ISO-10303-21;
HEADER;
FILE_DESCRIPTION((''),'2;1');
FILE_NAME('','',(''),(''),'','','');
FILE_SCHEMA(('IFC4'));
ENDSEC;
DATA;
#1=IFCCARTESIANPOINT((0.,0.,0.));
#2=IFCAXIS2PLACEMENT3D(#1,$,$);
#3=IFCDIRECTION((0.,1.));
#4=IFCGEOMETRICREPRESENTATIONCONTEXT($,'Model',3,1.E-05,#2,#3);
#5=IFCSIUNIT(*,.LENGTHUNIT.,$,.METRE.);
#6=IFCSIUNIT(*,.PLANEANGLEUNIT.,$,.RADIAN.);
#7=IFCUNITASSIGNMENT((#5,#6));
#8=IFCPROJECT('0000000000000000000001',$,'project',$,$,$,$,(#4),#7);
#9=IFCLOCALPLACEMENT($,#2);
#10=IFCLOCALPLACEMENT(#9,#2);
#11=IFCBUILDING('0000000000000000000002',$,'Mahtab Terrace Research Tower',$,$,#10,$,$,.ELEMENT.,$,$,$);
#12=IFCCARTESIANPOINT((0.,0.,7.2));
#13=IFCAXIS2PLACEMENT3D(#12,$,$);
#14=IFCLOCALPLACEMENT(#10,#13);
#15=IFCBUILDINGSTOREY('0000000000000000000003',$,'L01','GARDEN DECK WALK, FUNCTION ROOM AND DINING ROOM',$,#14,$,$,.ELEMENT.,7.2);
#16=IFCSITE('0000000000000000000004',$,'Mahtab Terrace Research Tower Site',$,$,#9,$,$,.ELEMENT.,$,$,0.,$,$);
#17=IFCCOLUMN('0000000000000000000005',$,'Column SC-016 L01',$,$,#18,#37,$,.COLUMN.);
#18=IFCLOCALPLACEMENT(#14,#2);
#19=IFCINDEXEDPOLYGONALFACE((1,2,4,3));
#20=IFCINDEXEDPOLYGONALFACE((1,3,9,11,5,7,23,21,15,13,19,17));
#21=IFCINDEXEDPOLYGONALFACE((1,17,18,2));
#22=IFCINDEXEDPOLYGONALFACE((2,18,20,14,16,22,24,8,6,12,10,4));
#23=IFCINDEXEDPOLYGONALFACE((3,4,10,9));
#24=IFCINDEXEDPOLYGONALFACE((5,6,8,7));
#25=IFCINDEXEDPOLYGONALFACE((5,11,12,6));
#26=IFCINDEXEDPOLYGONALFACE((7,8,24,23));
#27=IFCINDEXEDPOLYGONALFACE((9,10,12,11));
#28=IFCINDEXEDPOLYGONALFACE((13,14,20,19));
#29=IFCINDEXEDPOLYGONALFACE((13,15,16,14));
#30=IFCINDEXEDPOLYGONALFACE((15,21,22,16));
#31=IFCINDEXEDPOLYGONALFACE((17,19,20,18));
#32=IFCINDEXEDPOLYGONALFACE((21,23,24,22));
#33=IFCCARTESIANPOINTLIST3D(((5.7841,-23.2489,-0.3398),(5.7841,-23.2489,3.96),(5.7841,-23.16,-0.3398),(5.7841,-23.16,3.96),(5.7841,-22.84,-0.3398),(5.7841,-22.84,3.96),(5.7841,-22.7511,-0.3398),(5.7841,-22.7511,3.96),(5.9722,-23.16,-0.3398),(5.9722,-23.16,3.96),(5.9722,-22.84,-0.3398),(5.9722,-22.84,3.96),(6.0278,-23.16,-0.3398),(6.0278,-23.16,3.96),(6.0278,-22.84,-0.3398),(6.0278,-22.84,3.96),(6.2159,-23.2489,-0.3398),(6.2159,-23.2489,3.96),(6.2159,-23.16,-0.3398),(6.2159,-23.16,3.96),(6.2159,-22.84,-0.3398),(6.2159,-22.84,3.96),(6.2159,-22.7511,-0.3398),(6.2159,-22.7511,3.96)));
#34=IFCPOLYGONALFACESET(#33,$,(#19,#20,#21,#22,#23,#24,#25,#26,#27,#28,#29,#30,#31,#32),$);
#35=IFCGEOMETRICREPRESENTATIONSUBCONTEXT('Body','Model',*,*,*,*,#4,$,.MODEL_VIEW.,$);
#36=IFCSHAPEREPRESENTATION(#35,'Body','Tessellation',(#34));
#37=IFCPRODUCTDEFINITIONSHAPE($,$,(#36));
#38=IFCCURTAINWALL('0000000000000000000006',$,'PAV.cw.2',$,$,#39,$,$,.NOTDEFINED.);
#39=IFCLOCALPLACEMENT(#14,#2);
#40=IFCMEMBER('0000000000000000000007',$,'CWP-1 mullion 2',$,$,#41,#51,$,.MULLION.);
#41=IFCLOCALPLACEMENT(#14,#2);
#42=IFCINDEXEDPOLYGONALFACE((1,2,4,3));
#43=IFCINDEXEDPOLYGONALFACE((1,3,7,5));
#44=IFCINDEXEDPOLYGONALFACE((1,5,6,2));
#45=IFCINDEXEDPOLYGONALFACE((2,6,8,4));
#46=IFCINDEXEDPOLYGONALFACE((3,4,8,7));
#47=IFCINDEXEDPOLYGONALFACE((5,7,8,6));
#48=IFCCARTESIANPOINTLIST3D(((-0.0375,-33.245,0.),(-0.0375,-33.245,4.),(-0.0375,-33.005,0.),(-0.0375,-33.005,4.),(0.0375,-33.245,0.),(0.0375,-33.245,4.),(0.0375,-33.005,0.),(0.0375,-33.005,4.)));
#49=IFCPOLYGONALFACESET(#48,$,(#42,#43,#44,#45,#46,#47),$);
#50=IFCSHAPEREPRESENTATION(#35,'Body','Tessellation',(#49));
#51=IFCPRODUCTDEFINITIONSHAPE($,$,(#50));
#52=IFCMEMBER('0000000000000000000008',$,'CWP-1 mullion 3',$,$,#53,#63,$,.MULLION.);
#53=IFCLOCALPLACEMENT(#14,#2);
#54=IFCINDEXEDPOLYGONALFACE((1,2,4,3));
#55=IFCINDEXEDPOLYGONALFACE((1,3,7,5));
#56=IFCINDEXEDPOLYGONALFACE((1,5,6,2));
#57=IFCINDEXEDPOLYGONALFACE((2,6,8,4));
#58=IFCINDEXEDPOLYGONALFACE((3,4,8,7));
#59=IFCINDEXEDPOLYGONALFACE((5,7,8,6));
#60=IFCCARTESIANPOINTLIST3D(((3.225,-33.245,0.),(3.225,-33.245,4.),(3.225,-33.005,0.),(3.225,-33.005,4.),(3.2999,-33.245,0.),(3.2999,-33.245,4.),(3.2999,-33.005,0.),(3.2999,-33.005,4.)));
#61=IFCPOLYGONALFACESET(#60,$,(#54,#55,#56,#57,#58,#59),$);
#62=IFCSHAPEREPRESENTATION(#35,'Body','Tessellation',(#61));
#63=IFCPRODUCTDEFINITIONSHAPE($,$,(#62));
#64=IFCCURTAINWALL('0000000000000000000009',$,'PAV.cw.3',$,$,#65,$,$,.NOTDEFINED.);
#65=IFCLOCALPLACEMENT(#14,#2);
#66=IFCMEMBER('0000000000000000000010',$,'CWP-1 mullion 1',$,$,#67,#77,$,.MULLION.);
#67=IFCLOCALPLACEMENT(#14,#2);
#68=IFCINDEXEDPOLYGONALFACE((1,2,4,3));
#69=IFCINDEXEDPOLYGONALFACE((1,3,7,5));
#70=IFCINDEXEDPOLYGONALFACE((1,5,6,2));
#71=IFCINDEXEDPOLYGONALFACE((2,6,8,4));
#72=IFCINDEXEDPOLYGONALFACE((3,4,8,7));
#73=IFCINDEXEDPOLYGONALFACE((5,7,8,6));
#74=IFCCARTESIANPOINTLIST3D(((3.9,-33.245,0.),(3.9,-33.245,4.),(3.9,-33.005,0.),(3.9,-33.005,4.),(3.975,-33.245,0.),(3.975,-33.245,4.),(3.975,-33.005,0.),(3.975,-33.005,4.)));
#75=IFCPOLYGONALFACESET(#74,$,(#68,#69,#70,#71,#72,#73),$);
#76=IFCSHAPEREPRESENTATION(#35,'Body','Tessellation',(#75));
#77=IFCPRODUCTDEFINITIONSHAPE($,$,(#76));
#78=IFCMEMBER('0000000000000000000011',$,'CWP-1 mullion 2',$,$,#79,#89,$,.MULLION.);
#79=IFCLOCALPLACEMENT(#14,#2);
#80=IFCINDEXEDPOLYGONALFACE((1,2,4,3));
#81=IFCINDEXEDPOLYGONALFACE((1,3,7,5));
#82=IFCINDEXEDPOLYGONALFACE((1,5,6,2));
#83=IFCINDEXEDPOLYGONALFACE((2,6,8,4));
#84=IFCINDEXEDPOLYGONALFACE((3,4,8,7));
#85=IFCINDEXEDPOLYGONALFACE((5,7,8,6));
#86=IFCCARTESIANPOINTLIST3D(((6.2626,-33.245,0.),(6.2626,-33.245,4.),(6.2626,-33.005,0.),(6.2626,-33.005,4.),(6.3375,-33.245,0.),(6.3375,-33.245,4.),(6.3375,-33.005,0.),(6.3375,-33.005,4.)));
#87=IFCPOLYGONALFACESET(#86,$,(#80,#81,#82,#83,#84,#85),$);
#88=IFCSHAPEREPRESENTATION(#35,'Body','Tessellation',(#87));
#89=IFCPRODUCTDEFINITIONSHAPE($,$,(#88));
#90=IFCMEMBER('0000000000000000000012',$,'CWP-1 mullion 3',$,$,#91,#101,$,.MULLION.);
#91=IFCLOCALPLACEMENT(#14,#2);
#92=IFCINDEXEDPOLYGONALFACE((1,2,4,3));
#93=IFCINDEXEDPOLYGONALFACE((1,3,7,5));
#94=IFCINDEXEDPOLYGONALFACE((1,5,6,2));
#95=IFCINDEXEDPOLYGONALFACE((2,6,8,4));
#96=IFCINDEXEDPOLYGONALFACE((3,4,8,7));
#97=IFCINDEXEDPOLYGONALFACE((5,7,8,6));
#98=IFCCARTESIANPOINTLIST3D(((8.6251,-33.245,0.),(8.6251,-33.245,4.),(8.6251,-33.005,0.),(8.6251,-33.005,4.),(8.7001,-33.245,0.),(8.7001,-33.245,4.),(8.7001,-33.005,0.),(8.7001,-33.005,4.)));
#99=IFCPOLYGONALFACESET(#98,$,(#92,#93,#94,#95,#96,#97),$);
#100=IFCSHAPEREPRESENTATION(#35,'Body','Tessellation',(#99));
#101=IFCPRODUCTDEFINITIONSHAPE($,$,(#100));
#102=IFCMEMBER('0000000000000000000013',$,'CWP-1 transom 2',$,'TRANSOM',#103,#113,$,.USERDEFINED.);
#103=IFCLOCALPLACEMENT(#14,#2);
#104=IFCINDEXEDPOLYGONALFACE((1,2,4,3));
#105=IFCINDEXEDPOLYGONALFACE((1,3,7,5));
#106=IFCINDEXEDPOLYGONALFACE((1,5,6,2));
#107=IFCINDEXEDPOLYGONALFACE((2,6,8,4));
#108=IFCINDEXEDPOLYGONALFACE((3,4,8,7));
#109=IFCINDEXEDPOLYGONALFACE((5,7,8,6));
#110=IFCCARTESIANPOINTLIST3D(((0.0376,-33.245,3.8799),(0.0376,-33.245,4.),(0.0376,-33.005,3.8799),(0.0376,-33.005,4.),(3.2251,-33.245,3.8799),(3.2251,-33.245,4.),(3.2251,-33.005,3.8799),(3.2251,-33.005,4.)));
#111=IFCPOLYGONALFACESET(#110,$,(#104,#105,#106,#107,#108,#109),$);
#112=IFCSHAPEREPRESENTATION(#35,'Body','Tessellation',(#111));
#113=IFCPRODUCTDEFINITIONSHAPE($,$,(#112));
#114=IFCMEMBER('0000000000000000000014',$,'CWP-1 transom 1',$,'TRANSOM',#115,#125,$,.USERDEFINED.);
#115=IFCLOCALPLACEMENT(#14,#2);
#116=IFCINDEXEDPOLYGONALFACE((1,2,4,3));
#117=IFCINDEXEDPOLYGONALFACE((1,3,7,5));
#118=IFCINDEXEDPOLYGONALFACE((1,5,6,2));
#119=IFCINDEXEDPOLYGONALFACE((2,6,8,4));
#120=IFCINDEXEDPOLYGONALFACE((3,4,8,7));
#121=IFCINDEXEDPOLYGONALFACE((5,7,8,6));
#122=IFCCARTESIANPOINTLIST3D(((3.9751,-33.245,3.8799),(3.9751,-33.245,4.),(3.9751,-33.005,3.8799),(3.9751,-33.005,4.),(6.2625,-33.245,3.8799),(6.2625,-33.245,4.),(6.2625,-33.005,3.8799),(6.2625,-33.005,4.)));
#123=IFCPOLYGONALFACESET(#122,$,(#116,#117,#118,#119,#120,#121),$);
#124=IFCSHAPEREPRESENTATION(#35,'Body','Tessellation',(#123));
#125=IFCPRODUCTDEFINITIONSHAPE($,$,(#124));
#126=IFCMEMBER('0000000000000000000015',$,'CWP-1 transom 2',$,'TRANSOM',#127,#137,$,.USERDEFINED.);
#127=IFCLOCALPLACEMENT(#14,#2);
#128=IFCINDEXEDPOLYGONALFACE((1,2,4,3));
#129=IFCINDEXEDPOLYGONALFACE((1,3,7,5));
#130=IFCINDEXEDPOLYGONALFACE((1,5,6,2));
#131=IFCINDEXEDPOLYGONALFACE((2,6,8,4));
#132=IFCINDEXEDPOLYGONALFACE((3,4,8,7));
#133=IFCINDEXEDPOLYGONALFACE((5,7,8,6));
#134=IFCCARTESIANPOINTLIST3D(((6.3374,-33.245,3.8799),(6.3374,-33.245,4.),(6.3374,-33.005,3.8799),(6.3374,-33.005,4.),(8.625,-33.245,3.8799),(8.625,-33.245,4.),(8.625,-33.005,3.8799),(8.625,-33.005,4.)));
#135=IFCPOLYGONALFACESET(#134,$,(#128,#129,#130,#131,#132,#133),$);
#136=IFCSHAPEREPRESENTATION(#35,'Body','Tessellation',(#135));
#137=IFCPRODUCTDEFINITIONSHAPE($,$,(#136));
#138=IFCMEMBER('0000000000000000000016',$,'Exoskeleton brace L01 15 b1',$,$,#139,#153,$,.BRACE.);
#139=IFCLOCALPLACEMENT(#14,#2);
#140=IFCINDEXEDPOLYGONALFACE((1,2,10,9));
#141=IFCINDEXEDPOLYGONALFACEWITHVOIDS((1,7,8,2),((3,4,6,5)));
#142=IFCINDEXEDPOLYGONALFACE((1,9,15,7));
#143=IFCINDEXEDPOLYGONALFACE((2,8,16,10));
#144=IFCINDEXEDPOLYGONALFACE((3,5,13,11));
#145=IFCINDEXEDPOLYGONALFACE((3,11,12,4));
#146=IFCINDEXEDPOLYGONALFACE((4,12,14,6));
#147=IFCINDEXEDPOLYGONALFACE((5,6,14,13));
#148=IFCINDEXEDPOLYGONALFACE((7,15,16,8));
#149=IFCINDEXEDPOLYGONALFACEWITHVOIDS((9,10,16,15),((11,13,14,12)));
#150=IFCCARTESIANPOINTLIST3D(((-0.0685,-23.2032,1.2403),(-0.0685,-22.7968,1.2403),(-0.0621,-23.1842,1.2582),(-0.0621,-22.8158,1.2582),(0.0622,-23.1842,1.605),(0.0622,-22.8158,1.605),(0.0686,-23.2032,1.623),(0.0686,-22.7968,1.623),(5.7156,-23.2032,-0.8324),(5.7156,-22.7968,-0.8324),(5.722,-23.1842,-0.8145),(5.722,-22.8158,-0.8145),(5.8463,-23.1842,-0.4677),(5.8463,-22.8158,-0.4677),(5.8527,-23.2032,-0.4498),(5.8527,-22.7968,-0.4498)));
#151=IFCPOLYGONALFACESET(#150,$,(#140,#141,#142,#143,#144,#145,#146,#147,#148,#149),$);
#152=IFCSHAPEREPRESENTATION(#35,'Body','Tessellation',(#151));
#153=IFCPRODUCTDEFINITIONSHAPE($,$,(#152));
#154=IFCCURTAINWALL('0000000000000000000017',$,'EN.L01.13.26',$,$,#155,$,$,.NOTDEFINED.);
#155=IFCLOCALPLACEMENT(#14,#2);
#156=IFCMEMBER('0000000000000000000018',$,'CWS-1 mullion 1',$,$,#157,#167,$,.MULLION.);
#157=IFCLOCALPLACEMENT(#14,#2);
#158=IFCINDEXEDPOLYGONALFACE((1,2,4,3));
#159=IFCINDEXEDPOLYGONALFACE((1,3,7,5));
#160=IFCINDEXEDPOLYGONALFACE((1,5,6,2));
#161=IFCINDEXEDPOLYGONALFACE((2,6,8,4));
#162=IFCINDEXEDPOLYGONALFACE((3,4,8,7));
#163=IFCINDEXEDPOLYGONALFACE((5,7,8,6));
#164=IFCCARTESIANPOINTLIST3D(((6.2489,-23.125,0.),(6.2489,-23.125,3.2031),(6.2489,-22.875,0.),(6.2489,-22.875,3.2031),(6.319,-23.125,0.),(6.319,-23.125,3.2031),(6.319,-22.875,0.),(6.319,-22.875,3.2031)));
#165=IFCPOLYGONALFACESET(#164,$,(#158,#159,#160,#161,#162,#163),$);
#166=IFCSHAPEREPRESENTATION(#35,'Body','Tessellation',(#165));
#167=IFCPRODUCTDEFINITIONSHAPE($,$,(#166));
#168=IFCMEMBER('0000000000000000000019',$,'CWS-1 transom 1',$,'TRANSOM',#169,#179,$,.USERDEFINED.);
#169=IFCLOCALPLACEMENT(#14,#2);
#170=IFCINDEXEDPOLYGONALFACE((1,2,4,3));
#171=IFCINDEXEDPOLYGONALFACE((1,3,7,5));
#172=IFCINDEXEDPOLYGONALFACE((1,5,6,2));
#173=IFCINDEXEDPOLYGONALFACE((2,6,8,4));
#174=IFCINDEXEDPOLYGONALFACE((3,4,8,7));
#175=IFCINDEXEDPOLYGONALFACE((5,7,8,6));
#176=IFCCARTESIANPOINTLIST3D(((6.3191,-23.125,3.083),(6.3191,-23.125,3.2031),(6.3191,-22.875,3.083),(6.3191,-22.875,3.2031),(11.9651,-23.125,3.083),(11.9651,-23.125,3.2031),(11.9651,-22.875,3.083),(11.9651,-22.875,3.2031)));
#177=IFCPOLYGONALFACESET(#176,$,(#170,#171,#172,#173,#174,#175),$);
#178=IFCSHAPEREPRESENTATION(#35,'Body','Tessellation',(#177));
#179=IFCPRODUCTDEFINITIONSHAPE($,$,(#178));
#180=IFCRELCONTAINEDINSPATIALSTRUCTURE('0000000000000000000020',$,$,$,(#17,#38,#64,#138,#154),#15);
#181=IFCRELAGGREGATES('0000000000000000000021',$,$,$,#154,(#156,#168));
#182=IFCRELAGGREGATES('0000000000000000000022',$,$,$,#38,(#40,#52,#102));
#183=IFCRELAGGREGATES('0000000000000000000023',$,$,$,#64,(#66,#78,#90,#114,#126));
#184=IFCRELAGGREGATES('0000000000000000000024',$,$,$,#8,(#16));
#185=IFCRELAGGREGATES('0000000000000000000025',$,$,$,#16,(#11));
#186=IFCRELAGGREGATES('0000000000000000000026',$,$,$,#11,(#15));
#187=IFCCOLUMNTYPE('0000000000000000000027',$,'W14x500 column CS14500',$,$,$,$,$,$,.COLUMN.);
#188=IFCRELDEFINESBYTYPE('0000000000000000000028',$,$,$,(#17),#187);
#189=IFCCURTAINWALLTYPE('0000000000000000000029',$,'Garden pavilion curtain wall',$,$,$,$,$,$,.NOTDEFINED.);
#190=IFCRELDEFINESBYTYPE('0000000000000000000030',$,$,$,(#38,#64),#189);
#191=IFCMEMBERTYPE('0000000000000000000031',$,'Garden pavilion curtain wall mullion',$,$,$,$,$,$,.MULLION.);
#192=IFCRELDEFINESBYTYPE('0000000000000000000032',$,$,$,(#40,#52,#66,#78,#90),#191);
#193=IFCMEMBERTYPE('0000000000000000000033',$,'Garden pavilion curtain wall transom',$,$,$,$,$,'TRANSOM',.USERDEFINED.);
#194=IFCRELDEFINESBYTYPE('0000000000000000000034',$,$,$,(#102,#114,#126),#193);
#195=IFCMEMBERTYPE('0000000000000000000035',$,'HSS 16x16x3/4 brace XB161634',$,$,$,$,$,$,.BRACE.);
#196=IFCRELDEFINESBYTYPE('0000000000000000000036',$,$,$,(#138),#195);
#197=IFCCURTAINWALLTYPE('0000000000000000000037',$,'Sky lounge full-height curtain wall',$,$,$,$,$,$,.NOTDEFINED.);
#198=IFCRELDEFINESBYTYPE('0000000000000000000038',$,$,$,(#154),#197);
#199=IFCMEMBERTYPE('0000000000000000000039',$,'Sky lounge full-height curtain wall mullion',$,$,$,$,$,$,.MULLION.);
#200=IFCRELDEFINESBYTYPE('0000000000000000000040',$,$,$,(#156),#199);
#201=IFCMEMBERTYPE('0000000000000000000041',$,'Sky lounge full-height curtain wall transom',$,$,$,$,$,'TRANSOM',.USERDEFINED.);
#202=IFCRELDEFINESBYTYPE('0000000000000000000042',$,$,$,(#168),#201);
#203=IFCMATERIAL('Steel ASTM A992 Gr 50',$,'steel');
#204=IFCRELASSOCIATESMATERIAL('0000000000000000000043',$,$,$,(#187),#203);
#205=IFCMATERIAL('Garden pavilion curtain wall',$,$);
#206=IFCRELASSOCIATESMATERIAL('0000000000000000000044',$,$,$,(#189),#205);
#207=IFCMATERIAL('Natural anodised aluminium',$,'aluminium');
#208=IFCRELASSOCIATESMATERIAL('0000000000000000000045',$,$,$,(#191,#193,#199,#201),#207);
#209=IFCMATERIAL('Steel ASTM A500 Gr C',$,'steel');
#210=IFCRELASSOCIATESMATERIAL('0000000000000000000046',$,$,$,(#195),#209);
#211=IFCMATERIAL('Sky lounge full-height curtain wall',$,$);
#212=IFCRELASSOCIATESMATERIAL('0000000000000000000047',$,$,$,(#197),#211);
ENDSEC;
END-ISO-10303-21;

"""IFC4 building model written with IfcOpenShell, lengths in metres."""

from ifc_helpers import new_model, si_unit, direction, frame, origin, origin_2d, place, context, subcontext, project, spatial, rectangle, hollow_rectangle, i_section, extrude, material, material_profile, profile_set, type_object, element, aggregate, save


model = new_model("IFC4")

# Units and contexts
model_context = context("Model", 3, precision=1e-05, world=origin(), true_north=direction((0.0, 1.0)))
body_context = subcontext(model_context, "Body", "Model", "MODEL_VIEW")
ifc_project = project(units=[si_unit("LENGTHUNIT", "METRE"), si_unit("PLANEANGLEUNIT", "RADIAN")], contexts=[model_context])

# Site, building, storey
site_placement = place(None, origin())
site = spatial("IfcSite", under=ifc_project, at=site_placement, Name="Mahtab Terrace Research Tower Site", CompositionType="ELEMENT", RefElevation=0.0)
building_placement = place(site_placement, origin())
building = spatial("IfcBuilding", under=site, at=building_placement, Name="Mahtab Terrace Research Tower", CompositionType="ELEMENT")
storey_placement = place(building_placement, frame((0.0, 0.0, 7.2)))
storey = spatial("IfcBuildingStorey", under=building, at=storey_placement, Name="L01", Description="GARDEN DECK WALK, FUNCTION ROOM AND DINING ROOM", CompositionType="ELEMENT", Elevation=7.2)

# Column
ifc_material_1 = material(Name="Steel ASTM A992 Gr 50", Category="steel")
ifc_material_profile_1 = material_profile(ifc_material_1, i_section(OverallWidth=0.4319, OverallDepth=0.4978, WebThickness=0.0557, FlangeThickness=0.0889, at=origin_2d()), Name="W14X500")
ifc_profile_set_1 = profile_set([ifc_material_profile_1], Name="Steel ASTM A992 Gr 50")
column_type = type_object("IfcColumnType", Name="W14x500 column CS14500", PredefinedType="COLUMN", material=ifc_profile_set_1)
column_placement = place(storey_placement, frame((6.0, -23.0, -0.3398), z_axis=(0.0, 0.0, 1.0), x_axis=(1.0, 0.0, 0.0)))
element("IfcColumn", 1, at=column_placement, inside=storey, type_object=column_type, Name="Column SC-016 L01", PredefinedType="COLUMN", context=body_context, shape_type="SweptSolid", body=[
    extrude(i_section(OverallWidth=0.4319, OverallDepth=0.4978, WebThickness=0.0557, FlangeThickness=0.0889, at=origin_2d()), origin(), (0.0, 0.0, 1.0), 4.2998),
])

# Curtain walls, members
ifc_material_2 = material(Name="Garden pavilion curtain wall")
curtain_wall_type_1 = type_object("IfcCurtainWallType", Name="Garden pavilion curtain wall", PredefinedType="NOTDEFINED", material=ifc_material_2)
curtain_wall_1_placement = place(storey_placement, origin())
curtain_wall_1 = element("IfcCurtainWall", 2, at=curtain_wall_1_placement, inside=storey, type_object=curtain_wall_type_1, Name="PAV.cw.2", PredefinedType="NOTDEFINED")
ifc_material_3 = material(Name="Natural anodised aluminium", Category="aluminium")
ifc_material_profile_2 = material_profile(ifc_material_3, rectangle(XDim=0.24, YDim=0.075, at=origin_2d()), Name="MULLION 75x240")
ifc_profile_set_2 = profile_set([ifc_material_profile_2], Name="Natural anodised aluminium")
member_type_1 = type_object("IfcMemberType", Name="Garden pavilion curtain wall mullion", PredefinedType="MULLION", material=ifc_profile_set_2)
member_1_placement = place(storey_placement, frame((0.0, -33.125, 0.0), z_axis=(0.0, 0.0, 1.0), x_axis=(0.0, 1.0, 0.0)))
member_1 = element("IfcMember", 3, at=member_1_placement, type_object=member_type_1, Name="CWP-1 mullion 2", PredefinedType="MULLION", context=body_context, shape_type="SweptSolid", body=[
    extrude(rectangle(XDim=0.24, YDim=0.075, at=origin_2d()), origin(), (0.0, 0.0, 1.0), 4.0),
])
member_2_placement = place(storey_placement, frame((3.2625, -33.125, 0.0), z_axis=(0.0, 0.0, 1.0), x_axis=(0.0, 1.0, 0.0)))
member_2 = element("IfcMember", 4, at=member_2_placement, type_object=member_type_1, Name="CWP-1 mullion 3", PredefinedType="MULLION", context=body_context, shape_type="SweptSolid", body=[
    extrude(rectangle(XDim=0.24, YDim=0.075, at=origin_2d()), origin(), (0.0, 0.0, 1.0), 4.0),
])
curtain_wall_2_placement = place(storey_placement, origin())
curtain_wall_2 = element("IfcCurtainWall", 5, at=curtain_wall_2_placement, inside=storey, type_object=curtain_wall_type_1, Name="PAV.cw.3", PredefinedType="NOTDEFINED")
member_3_placement = place(storey_placement, frame((3.9375, -33.125, 0.0), z_axis=(0.0, 0.0, 1.0), x_axis=(0.0, 1.0, 0.0)))
member_3 = element("IfcMember", 6, at=member_3_placement, type_object=member_type_1, Name="CWP-1 mullion 1", PredefinedType="MULLION", context=body_context, shape_type="SweptSolid", body=[
    extrude(rectangle(XDim=0.24, YDim=0.075, at=origin_2d()), origin(), (0.0, 0.0, 1.0), 4.0),
])
member_4_placement = place(storey_placement, frame((6.3, -33.125, 0.0), z_axis=(0.0, 0.0, 1.0), x_axis=(0.0, 1.0, 0.0)))
member_4 = element("IfcMember", 7, at=member_4_placement, type_object=member_type_1, Name="CWP-1 mullion 2", PredefinedType="MULLION", context=body_context, shape_type="SweptSolid", body=[
    extrude(rectangle(XDim=0.24, YDim=0.075, at=origin_2d()), origin(), (0.0, 0.0, 1.0), 4.0),
])
member_5_placement = place(storey_placement, frame((8.6626, -33.125, 0.0), z_axis=(0.0, 0.0, 1.0), x_axis=(0.0, 1.0, 0.0)))
member_5 = element("IfcMember", 8, at=member_5_placement, type_object=member_type_1, Name="CWP-1 mullion 3", PredefinedType="MULLION", context=body_context, shape_type="SweptSolid", body=[
    extrude(rectangle(XDim=0.24, YDim=0.075, at=origin_2d()), origin(), (0.0, 0.0, 1.0), 4.0),
])

# Members
ifc_material_profile_3 = material_profile(ifc_material_3, rectangle(XDim=0.24, YDim=0.1201, at=origin_2d()), Name="TRANSOM 120x240")
ifc_profile_set_3 = profile_set([ifc_material_profile_3], Name="Natural anodised aluminium")
member_type_2 = type_object("IfcMemberType", Name="Garden pavilion curtain wall transom", ElementType="TRANSOM", PredefinedType="USERDEFINED", material=ifc_profile_set_3)
member_6_placement = place(storey_placement, frame((0.0376, -33.125, 3.9399), z_axis=(1.0, 0.0, 0.0), x_axis=(0.0, 1.0, 0.0)))
member_6 = element("IfcMember", 9, at=member_6_placement, type_object=member_type_2, Name="CWP-1 transom 2", ObjectType="TRANSOM", PredefinedType="USERDEFINED", context=body_context, shape_type="SweptSolid", body=[
    extrude(rectangle(XDim=0.24, YDim=0.1201, at=origin_2d()), origin(), (0.0, 0.0, 1.0), 3.1875),
])
member_7_placement = place(storey_placement, frame((3.9751, -33.125, 3.9399), z_axis=(1.0, 0.0, 0.0), x_axis=(0.0, 1.0, 0.0)))
member_7 = element("IfcMember", 10, at=member_7_placement, type_object=member_type_2, Name="CWP-1 transom 1", ObjectType="TRANSOM", PredefinedType="USERDEFINED", context=body_context, shape_type="SweptSolid", body=[
    extrude(rectangle(XDim=0.24, YDim=0.1201, at=origin_2d()), origin(), (0.0, 0.0, 1.0), 2.2874),
])
member_8_placement = place(storey_placement, frame((6.3374, -33.125, 3.9399), z_axis=(1.0, 0.0, 0.0), x_axis=(0.0, 1.0, 0.0)))
member_8 = element("IfcMember", 11, at=member_8_placement, type_object=member_type_2, Name="CWP-1 transom 2", ObjectType="TRANSOM", PredefinedType="USERDEFINED", context=body_context, shape_type="SweptSolid", body=[
    extrude(rectangle(XDim=0.24, YDim=0.1201, at=origin_2d()), origin(), (0.0, 0.0, 1.0), 2.2876),
])
ifc_material_4 = material(Name="Steel ASTM A500 Gr C", Category="steel")
ifc_material_profile_4 = material_profile(ifc_material_4, hollow_rectangle(XDim=0.4065, YDim=0.4065, WallThickness=0.019, at=origin_2d()), Name="HSS16X16X3/4")
ifc_profile_set_4 = profile_set([ifc_material_profile_4], Name="Steel ASTM A500 Gr C")
member_type_3 = type_object("IfcMemberType", Name="HSS 16x16x3/4 brace XB161634", PredefinedType="BRACE", material=ifc_profile_set_4)
member_9_placement = place(storey_placement, frame((5.7842, -23.0, -0.6411), z_axis=(-0.941382, 0.0, 0.337343), x_axis=(0.0, -1.0, 0.0)))
element("IfcMember", 12, at=member_9_placement, inside=storey, type_object=member_type_3, Name="Exoskeleton brace L01 15 b1", PredefinedType="BRACE", context=body_context, shape_type="SweptSolid", body=[
    extrude(hollow_rectangle(XDim=0.4065, YDim=0.4065, WallThickness=0.019, at=origin_2d()), origin(), (0.0, 0.0, 1.0), 6.1443),
])

# Curtain wall, members
ifc_material_5 = material(Name="Sky lounge full-height curtain wall")
curtain_wall_type_2 = type_object("IfcCurtainWallType", Name="Sky lounge full-height curtain wall", PredefinedType="NOTDEFINED", material=ifc_material_5)
curtain_wall_3_placement = place(storey_placement, origin())
curtain_wall_3 = element("IfcCurtainWall", 13, at=curtain_wall_3_placement, inside=storey, type_object=curtain_wall_type_2, Name="EN.L01.13.26", PredefinedType="NOTDEFINED")
ifc_material_profile_5 = material_profile(ifc_material_3, rectangle(XDim=0.25, YDim=0.0701, at=origin_2d()), Name="MULLION 70x250")
ifc_profile_set_5 = profile_set([ifc_material_profile_5], Name="Natural anodised aluminium")
member_type_4 = type_object("IfcMemberType", Name="Sky lounge full-height curtain wall mullion", PredefinedType="MULLION", material=ifc_profile_set_5)
member_10_placement = place(storey_placement, frame((6.2839, -23.0, 0.0), z_axis=(0.0, 0.0, 1.0), x_axis=(0.0, 1.0, 0.0)))
member_10 = element("IfcMember", 14, at=member_10_placement, type_object=member_type_4, Name="CWS-1 mullion 1", PredefinedType="MULLION", context=body_context, shape_type="SweptSolid", body=[
    extrude(rectangle(XDim=0.25, YDim=0.0701, at=origin_2d()), origin(), (0.0, 0.0, 1.0), 3.2031),
])
ifc_material_profile_6 = material_profile(ifc_material_3, rectangle(XDim=0.25, YDim=0.1201, at=origin_2d()), Name="TRANSOM 120x250")
ifc_profile_set_6 = profile_set([ifc_material_profile_6], Name="Natural anodised aluminium")
member_type_5 = type_object("IfcMemberType", Name="Sky lounge full-height curtain wall transom", ElementType="TRANSOM", PredefinedType="USERDEFINED", material=ifc_profile_set_6)
member_11_placement = place(storey_placement, frame((6.3191, -23.0, 3.1431), z_axis=(1.0, 0.0, 0.0), x_axis=(0.0, 1.0, 0.0)))
member_11 = element("IfcMember", 15, at=member_11_placement, type_object=member_type_5, Name="CWS-1 transom 1", ObjectType="TRANSOM", PredefinedType="USERDEFINED", context=body_context, shape_type="SweptSolid", body=[
    extrude(rectangle(XDim=0.25, YDim=0.1201, at=origin_2d()), origin(), (0.0, 0.0, 1.0), 5.646),
])
aggregate(curtain_wall_3, [member_10, member_11])

aggregate(curtain_wall_1, [member_1, member_2, member_6])
aggregate(curtain_wall_2, [member_3, member_4, member_5, member_7, member_8])

save(model, "model.ifc")
